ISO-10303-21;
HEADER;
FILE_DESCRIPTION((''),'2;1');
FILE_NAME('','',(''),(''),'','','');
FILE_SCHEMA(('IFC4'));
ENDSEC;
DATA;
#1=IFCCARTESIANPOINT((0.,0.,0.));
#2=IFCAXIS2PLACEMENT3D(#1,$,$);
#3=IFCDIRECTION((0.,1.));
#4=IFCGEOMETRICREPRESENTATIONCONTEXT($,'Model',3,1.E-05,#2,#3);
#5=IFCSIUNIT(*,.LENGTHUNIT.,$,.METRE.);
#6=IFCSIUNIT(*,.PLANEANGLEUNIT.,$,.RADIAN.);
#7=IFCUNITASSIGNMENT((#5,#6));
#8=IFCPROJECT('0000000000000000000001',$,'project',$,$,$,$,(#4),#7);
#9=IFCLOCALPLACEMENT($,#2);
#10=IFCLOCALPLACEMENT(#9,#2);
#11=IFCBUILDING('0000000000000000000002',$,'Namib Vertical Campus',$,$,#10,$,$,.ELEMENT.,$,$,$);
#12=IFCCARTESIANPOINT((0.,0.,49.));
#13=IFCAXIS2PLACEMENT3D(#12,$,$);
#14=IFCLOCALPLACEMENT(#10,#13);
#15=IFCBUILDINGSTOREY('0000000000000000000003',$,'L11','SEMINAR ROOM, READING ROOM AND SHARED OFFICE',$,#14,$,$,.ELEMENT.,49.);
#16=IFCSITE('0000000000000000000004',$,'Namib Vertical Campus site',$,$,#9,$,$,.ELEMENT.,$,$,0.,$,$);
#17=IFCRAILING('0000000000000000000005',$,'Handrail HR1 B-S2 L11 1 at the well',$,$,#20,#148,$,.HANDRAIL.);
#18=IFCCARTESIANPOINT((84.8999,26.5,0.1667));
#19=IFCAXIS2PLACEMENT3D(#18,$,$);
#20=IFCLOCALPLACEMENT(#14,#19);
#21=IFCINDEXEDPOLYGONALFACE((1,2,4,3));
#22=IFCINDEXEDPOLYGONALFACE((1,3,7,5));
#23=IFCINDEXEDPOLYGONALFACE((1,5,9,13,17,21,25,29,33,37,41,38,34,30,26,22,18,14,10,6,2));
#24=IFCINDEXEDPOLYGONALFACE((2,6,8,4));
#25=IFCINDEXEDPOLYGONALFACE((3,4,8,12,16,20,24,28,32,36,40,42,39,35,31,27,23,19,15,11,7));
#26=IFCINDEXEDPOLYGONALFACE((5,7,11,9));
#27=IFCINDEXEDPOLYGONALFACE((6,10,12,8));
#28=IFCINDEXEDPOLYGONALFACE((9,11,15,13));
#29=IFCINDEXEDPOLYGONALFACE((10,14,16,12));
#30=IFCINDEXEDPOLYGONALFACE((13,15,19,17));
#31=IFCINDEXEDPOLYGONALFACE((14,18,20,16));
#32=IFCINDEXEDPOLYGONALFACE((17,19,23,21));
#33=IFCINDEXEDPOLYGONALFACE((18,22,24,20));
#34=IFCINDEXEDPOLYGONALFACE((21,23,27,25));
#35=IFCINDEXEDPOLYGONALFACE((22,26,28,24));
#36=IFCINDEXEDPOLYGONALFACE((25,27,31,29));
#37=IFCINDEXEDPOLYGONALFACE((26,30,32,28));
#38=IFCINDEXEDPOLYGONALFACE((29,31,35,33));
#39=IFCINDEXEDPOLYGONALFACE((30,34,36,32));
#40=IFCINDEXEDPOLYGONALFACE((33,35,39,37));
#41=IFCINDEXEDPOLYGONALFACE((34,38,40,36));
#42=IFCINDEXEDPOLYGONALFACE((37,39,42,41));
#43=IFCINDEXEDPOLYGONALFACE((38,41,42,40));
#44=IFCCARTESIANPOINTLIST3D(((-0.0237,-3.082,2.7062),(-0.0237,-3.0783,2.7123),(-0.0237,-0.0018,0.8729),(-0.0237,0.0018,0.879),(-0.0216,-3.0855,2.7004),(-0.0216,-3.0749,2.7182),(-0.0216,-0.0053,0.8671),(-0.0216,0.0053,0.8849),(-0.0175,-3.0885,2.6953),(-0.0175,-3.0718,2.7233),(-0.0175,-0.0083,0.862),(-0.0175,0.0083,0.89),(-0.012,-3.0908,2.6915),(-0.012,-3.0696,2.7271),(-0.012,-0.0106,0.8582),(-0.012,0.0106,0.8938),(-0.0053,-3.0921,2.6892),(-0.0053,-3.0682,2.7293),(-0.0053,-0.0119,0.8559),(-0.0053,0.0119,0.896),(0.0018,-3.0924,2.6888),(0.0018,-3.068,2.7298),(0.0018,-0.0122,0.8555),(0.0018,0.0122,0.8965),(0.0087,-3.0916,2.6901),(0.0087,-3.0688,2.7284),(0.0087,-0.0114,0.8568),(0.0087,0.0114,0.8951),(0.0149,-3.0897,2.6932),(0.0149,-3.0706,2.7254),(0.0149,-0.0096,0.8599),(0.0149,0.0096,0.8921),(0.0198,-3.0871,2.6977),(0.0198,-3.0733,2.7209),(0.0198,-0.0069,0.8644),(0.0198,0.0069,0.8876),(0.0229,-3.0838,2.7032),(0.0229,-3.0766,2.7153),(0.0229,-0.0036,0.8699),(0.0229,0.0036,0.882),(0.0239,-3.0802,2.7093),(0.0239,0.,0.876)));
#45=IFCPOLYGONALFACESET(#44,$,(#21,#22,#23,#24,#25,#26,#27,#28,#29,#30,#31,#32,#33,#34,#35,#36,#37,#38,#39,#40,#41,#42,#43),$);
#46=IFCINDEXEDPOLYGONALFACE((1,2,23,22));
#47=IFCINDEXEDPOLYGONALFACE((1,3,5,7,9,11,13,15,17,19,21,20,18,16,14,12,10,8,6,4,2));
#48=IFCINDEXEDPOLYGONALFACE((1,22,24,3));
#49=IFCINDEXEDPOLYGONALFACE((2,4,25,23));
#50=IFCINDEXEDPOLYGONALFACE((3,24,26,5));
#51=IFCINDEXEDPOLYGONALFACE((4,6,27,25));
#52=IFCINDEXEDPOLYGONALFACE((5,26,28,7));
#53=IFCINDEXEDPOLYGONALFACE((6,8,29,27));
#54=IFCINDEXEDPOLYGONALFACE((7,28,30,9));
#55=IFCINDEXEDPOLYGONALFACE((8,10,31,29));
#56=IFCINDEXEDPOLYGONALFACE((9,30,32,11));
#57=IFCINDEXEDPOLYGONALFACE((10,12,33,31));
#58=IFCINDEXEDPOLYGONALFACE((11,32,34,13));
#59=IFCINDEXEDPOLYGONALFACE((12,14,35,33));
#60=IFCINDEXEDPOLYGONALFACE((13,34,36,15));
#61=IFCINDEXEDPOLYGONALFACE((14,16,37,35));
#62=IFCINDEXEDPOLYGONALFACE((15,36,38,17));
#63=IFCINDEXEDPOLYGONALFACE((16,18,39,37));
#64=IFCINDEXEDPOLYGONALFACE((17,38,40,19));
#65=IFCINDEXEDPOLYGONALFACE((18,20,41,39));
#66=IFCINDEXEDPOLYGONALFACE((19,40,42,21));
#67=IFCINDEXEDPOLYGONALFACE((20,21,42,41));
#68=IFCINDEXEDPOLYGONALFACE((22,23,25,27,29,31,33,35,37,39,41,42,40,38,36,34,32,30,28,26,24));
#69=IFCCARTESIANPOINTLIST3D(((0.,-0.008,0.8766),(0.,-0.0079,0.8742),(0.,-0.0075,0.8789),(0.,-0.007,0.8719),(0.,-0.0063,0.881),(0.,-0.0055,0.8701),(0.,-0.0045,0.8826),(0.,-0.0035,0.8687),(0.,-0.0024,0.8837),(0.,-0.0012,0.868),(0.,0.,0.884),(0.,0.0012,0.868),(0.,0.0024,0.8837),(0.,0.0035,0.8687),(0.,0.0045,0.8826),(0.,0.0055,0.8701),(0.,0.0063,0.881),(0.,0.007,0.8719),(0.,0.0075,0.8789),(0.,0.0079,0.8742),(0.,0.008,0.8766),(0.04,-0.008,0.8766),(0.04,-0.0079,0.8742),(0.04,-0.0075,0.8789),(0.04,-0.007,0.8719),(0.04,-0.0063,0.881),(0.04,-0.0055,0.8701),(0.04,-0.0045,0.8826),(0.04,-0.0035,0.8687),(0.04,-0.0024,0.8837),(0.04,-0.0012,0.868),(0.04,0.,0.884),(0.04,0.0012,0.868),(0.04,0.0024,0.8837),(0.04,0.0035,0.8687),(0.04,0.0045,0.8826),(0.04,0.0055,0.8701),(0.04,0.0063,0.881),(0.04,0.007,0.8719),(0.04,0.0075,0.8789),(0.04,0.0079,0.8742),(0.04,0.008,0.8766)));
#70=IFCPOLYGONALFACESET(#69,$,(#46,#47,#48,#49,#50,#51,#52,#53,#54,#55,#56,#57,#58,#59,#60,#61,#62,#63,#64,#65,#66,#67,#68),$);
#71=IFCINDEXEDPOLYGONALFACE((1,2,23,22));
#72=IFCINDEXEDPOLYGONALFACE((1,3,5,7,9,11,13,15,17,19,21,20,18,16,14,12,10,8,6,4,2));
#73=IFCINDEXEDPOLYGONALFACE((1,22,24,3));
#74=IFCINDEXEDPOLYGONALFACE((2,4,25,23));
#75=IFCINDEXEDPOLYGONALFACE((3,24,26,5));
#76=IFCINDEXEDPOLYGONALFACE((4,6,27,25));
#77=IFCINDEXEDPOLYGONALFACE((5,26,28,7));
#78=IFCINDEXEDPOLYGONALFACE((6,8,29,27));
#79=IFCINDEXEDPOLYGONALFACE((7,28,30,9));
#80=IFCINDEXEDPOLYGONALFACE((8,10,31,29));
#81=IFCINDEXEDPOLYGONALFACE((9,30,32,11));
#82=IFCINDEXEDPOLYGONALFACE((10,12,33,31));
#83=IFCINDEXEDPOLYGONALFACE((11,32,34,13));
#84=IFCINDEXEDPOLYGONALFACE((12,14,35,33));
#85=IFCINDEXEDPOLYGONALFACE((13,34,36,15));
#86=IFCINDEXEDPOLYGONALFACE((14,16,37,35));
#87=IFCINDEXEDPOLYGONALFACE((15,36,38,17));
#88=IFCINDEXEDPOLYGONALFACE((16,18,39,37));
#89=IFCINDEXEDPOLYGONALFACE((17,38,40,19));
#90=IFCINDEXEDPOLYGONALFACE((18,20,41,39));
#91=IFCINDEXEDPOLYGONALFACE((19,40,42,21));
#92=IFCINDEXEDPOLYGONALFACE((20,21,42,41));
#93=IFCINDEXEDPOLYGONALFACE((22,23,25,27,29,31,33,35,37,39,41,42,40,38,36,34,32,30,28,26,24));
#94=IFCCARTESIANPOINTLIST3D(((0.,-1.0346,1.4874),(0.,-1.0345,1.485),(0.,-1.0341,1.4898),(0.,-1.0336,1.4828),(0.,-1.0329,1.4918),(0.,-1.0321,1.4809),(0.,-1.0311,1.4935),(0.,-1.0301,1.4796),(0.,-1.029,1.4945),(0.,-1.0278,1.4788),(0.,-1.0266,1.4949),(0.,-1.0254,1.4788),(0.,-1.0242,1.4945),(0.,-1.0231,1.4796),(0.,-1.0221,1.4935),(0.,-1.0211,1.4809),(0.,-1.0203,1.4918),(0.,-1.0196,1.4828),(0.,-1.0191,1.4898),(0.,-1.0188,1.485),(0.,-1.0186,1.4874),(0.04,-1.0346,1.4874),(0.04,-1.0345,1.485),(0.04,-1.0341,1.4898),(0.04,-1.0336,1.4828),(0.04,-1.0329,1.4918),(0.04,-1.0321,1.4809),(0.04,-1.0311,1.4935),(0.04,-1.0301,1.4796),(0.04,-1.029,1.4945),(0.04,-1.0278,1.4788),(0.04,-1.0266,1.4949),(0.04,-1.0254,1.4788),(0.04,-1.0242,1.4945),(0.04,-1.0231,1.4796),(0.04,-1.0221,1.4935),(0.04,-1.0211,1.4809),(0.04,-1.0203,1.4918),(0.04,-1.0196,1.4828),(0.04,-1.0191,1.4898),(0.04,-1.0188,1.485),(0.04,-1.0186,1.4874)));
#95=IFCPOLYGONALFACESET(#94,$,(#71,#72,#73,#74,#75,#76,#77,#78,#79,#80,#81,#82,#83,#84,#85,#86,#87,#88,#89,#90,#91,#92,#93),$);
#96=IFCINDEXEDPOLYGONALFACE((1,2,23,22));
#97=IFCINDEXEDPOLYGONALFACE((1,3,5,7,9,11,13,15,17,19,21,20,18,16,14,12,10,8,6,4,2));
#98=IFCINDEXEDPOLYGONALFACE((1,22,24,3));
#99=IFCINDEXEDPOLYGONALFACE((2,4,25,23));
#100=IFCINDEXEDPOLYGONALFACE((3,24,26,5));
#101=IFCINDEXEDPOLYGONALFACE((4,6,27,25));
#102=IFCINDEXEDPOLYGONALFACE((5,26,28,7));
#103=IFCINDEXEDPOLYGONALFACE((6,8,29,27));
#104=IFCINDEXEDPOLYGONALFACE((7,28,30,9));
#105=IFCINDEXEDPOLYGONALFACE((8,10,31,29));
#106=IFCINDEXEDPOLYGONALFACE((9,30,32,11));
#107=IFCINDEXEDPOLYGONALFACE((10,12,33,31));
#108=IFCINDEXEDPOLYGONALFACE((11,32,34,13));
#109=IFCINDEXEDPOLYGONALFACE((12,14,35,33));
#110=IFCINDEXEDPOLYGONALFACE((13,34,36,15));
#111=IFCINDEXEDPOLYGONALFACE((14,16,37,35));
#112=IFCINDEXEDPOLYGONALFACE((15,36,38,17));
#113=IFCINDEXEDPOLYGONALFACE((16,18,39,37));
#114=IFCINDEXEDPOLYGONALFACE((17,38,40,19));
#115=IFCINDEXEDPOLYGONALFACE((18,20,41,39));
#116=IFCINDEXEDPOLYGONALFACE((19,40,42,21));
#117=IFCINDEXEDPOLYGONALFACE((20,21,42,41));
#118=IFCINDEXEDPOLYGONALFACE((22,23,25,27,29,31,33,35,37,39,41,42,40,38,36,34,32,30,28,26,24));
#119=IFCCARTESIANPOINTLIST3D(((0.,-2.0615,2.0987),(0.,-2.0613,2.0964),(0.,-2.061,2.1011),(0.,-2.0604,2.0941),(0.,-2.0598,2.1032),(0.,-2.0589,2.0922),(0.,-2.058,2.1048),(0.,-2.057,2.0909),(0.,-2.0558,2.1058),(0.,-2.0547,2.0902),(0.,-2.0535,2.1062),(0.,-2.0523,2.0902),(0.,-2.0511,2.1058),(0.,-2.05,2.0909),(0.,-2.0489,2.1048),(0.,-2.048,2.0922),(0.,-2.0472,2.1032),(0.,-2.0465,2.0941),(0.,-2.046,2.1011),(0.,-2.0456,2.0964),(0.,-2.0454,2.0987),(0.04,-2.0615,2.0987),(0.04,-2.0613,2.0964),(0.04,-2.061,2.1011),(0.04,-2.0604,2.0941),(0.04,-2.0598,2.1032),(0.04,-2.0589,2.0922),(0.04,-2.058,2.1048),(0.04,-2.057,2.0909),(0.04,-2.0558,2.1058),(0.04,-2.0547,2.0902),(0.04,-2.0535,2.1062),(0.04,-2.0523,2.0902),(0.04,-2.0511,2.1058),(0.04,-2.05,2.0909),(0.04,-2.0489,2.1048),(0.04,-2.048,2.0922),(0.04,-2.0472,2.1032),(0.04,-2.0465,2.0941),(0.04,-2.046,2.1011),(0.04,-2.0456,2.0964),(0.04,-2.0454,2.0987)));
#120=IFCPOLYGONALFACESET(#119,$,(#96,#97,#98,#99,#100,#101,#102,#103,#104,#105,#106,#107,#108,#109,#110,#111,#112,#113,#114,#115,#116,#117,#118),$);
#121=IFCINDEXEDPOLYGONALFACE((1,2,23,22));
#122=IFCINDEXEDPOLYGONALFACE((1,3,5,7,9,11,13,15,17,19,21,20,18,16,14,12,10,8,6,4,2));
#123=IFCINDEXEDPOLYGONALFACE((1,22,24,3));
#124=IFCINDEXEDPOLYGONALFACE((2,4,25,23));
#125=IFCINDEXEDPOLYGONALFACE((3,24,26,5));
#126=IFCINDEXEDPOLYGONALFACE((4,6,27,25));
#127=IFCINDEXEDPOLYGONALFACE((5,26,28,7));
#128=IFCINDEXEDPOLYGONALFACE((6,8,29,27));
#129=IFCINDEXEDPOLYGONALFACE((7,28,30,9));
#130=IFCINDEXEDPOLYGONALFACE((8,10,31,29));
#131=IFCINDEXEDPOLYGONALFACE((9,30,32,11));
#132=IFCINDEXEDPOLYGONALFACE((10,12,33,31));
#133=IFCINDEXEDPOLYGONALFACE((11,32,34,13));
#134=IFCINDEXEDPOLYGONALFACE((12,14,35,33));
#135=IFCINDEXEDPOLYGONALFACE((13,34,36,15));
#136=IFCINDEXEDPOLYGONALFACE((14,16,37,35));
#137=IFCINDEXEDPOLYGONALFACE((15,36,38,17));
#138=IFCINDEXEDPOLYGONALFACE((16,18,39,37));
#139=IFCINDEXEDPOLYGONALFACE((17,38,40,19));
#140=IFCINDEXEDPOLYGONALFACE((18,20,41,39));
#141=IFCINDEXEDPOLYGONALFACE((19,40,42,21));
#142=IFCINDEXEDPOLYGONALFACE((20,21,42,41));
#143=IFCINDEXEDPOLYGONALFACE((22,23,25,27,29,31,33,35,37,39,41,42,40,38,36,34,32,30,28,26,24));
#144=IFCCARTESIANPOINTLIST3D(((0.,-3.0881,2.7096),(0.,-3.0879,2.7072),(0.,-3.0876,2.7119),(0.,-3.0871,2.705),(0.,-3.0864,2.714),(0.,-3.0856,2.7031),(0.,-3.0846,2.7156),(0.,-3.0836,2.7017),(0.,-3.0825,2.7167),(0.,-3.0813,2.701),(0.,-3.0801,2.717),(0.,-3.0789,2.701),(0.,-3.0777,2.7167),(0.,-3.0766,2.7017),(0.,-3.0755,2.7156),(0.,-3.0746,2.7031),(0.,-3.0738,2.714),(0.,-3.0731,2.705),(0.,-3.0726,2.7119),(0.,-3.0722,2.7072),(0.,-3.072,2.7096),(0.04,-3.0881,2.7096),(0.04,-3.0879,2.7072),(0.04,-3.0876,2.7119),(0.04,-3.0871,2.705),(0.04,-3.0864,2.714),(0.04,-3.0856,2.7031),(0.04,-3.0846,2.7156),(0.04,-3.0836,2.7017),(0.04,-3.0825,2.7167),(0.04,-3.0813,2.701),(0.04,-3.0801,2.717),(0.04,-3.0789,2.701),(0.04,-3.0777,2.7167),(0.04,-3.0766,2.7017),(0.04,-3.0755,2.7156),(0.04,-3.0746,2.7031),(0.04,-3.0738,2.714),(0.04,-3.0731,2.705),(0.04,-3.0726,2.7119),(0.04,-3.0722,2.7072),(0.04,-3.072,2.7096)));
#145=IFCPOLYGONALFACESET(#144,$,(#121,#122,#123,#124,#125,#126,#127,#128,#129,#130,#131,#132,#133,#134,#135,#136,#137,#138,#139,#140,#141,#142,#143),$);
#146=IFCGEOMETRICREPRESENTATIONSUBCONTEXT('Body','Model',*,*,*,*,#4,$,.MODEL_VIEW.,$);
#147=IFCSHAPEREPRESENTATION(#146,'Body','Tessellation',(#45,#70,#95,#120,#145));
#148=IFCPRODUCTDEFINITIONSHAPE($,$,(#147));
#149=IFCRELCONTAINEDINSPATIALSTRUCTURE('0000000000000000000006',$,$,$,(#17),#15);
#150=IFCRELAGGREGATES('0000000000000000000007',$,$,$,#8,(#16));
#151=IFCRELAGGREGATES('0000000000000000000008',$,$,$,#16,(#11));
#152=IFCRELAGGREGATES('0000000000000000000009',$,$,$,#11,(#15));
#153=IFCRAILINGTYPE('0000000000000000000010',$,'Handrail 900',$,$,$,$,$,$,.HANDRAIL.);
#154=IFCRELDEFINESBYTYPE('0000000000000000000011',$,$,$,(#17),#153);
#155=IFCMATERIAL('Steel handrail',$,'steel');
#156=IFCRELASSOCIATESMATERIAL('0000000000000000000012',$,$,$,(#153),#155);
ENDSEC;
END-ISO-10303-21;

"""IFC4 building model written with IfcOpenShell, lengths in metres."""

from ifc_helpers import new_model, si_unit, direction, frame, origin, origin_2d, place, context, subcontext, project, spatial, circle, extrude, material, type_object, element, save


model = new_model("IFC4")

# Units and contexts
model_context = context("Model", 3, precision=1e-05, world=origin(), true_north=direction((0.0, 1.0)))
body_context = subcontext(model_context, "Body", "Model", "MODEL_VIEW")
ifc_project = project(units=[si_unit("LENGTHUNIT", "METRE"), si_unit("PLANEANGLEUNIT", "RADIAN")], contexts=[model_context])

# Site, building, storey
site_placement = place(None, origin())
site = spatial("IfcSite", under=ifc_project, at=site_placement, Name="Namib Vertical Campus site", CompositionType="ELEMENT", RefElevation=0.0)
building_placement = place(site_placement, origin())
building = spatial("IfcBuilding", under=site, at=building_placement, Name="Namib Vertical Campus", CompositionType="ELEMENT")
storey_placement = place(building_placement, frame((0.0, 0.0, 49.0)))
storey = spatial("IfcBuildingStorey", under=building, at=storey_placement, Name="L11", Description="SEMINAR ROOM, READING ROOM AND SHARED OFFICE", CompositionType="ELEMENT", Elevation=49.0)

# Railing
ifc_material_1 = material(Name="Steel handrail", Category="steel")
railing_type_1 = type_object("IfcRailingType", Name="Handrail 900", PredefinedType="HANDRAIL", material=ifc_material_1)
railing_1_placement = place(storey_placement, frame((84.8999, 26.5, 0.1667)))
element("IfcRailing", 1, at=railing_1_placement, inside=storey, type_object=railing_type_1, Name="Handrail HR1 B-S2 L11 1 at the well", PredefinedType="HANDRAIL", context=body_context, shape_type="SweptSolid", body=[
    extrude(circle(Radius=0.0239, at=origin_2d()), frame((0.0, 0.0, 0.876), z_axis=(0.0, -0.859309, 0.511458), x_axis=(1.0, 0.0, 0.0)), (0.0, 0.0, 1.0), 3.5845),
    extrude(circle(Radius=0.0081, at=origin_2d()), frame((0.0, 0.0, 0.876), z_axis=(1.0, 0.0, 0.0), x_axis=(0.0, 0.0, 1.0)), (0.0, 0.0, 1.0), 0.04),
    extrude(circle(Radius=0.0081, at=origin_2d()), frame((0.0, -1.0266, 1.4868), z_axis=(1.0, 0.0, 0.0), x_axis=(0.0, 0.0, 1.0)), (0.0, 0.0, 1.0), 0.04),
    extrude(circle(Radius=0.0081, at=origin_2d()), frame((0.0, -2.0535, 2.0981), z_axis=(1.0, 0.0, 0.0), x_axis=(0.0, 0.0, 1.0)), (0.0, 0.0, 1.0), 0.04),
    extrude(circle(Radius=0.0081, at=origin_2d()), frame((0.0, -3.0801, 2.709), z_axis=(1.0, 0.0, 0.0), x_axis=(0.0, 0.0, 1.0)), (0.0, 0.0, 1.0), 0.04),
])

save(model, "model.ifc")
